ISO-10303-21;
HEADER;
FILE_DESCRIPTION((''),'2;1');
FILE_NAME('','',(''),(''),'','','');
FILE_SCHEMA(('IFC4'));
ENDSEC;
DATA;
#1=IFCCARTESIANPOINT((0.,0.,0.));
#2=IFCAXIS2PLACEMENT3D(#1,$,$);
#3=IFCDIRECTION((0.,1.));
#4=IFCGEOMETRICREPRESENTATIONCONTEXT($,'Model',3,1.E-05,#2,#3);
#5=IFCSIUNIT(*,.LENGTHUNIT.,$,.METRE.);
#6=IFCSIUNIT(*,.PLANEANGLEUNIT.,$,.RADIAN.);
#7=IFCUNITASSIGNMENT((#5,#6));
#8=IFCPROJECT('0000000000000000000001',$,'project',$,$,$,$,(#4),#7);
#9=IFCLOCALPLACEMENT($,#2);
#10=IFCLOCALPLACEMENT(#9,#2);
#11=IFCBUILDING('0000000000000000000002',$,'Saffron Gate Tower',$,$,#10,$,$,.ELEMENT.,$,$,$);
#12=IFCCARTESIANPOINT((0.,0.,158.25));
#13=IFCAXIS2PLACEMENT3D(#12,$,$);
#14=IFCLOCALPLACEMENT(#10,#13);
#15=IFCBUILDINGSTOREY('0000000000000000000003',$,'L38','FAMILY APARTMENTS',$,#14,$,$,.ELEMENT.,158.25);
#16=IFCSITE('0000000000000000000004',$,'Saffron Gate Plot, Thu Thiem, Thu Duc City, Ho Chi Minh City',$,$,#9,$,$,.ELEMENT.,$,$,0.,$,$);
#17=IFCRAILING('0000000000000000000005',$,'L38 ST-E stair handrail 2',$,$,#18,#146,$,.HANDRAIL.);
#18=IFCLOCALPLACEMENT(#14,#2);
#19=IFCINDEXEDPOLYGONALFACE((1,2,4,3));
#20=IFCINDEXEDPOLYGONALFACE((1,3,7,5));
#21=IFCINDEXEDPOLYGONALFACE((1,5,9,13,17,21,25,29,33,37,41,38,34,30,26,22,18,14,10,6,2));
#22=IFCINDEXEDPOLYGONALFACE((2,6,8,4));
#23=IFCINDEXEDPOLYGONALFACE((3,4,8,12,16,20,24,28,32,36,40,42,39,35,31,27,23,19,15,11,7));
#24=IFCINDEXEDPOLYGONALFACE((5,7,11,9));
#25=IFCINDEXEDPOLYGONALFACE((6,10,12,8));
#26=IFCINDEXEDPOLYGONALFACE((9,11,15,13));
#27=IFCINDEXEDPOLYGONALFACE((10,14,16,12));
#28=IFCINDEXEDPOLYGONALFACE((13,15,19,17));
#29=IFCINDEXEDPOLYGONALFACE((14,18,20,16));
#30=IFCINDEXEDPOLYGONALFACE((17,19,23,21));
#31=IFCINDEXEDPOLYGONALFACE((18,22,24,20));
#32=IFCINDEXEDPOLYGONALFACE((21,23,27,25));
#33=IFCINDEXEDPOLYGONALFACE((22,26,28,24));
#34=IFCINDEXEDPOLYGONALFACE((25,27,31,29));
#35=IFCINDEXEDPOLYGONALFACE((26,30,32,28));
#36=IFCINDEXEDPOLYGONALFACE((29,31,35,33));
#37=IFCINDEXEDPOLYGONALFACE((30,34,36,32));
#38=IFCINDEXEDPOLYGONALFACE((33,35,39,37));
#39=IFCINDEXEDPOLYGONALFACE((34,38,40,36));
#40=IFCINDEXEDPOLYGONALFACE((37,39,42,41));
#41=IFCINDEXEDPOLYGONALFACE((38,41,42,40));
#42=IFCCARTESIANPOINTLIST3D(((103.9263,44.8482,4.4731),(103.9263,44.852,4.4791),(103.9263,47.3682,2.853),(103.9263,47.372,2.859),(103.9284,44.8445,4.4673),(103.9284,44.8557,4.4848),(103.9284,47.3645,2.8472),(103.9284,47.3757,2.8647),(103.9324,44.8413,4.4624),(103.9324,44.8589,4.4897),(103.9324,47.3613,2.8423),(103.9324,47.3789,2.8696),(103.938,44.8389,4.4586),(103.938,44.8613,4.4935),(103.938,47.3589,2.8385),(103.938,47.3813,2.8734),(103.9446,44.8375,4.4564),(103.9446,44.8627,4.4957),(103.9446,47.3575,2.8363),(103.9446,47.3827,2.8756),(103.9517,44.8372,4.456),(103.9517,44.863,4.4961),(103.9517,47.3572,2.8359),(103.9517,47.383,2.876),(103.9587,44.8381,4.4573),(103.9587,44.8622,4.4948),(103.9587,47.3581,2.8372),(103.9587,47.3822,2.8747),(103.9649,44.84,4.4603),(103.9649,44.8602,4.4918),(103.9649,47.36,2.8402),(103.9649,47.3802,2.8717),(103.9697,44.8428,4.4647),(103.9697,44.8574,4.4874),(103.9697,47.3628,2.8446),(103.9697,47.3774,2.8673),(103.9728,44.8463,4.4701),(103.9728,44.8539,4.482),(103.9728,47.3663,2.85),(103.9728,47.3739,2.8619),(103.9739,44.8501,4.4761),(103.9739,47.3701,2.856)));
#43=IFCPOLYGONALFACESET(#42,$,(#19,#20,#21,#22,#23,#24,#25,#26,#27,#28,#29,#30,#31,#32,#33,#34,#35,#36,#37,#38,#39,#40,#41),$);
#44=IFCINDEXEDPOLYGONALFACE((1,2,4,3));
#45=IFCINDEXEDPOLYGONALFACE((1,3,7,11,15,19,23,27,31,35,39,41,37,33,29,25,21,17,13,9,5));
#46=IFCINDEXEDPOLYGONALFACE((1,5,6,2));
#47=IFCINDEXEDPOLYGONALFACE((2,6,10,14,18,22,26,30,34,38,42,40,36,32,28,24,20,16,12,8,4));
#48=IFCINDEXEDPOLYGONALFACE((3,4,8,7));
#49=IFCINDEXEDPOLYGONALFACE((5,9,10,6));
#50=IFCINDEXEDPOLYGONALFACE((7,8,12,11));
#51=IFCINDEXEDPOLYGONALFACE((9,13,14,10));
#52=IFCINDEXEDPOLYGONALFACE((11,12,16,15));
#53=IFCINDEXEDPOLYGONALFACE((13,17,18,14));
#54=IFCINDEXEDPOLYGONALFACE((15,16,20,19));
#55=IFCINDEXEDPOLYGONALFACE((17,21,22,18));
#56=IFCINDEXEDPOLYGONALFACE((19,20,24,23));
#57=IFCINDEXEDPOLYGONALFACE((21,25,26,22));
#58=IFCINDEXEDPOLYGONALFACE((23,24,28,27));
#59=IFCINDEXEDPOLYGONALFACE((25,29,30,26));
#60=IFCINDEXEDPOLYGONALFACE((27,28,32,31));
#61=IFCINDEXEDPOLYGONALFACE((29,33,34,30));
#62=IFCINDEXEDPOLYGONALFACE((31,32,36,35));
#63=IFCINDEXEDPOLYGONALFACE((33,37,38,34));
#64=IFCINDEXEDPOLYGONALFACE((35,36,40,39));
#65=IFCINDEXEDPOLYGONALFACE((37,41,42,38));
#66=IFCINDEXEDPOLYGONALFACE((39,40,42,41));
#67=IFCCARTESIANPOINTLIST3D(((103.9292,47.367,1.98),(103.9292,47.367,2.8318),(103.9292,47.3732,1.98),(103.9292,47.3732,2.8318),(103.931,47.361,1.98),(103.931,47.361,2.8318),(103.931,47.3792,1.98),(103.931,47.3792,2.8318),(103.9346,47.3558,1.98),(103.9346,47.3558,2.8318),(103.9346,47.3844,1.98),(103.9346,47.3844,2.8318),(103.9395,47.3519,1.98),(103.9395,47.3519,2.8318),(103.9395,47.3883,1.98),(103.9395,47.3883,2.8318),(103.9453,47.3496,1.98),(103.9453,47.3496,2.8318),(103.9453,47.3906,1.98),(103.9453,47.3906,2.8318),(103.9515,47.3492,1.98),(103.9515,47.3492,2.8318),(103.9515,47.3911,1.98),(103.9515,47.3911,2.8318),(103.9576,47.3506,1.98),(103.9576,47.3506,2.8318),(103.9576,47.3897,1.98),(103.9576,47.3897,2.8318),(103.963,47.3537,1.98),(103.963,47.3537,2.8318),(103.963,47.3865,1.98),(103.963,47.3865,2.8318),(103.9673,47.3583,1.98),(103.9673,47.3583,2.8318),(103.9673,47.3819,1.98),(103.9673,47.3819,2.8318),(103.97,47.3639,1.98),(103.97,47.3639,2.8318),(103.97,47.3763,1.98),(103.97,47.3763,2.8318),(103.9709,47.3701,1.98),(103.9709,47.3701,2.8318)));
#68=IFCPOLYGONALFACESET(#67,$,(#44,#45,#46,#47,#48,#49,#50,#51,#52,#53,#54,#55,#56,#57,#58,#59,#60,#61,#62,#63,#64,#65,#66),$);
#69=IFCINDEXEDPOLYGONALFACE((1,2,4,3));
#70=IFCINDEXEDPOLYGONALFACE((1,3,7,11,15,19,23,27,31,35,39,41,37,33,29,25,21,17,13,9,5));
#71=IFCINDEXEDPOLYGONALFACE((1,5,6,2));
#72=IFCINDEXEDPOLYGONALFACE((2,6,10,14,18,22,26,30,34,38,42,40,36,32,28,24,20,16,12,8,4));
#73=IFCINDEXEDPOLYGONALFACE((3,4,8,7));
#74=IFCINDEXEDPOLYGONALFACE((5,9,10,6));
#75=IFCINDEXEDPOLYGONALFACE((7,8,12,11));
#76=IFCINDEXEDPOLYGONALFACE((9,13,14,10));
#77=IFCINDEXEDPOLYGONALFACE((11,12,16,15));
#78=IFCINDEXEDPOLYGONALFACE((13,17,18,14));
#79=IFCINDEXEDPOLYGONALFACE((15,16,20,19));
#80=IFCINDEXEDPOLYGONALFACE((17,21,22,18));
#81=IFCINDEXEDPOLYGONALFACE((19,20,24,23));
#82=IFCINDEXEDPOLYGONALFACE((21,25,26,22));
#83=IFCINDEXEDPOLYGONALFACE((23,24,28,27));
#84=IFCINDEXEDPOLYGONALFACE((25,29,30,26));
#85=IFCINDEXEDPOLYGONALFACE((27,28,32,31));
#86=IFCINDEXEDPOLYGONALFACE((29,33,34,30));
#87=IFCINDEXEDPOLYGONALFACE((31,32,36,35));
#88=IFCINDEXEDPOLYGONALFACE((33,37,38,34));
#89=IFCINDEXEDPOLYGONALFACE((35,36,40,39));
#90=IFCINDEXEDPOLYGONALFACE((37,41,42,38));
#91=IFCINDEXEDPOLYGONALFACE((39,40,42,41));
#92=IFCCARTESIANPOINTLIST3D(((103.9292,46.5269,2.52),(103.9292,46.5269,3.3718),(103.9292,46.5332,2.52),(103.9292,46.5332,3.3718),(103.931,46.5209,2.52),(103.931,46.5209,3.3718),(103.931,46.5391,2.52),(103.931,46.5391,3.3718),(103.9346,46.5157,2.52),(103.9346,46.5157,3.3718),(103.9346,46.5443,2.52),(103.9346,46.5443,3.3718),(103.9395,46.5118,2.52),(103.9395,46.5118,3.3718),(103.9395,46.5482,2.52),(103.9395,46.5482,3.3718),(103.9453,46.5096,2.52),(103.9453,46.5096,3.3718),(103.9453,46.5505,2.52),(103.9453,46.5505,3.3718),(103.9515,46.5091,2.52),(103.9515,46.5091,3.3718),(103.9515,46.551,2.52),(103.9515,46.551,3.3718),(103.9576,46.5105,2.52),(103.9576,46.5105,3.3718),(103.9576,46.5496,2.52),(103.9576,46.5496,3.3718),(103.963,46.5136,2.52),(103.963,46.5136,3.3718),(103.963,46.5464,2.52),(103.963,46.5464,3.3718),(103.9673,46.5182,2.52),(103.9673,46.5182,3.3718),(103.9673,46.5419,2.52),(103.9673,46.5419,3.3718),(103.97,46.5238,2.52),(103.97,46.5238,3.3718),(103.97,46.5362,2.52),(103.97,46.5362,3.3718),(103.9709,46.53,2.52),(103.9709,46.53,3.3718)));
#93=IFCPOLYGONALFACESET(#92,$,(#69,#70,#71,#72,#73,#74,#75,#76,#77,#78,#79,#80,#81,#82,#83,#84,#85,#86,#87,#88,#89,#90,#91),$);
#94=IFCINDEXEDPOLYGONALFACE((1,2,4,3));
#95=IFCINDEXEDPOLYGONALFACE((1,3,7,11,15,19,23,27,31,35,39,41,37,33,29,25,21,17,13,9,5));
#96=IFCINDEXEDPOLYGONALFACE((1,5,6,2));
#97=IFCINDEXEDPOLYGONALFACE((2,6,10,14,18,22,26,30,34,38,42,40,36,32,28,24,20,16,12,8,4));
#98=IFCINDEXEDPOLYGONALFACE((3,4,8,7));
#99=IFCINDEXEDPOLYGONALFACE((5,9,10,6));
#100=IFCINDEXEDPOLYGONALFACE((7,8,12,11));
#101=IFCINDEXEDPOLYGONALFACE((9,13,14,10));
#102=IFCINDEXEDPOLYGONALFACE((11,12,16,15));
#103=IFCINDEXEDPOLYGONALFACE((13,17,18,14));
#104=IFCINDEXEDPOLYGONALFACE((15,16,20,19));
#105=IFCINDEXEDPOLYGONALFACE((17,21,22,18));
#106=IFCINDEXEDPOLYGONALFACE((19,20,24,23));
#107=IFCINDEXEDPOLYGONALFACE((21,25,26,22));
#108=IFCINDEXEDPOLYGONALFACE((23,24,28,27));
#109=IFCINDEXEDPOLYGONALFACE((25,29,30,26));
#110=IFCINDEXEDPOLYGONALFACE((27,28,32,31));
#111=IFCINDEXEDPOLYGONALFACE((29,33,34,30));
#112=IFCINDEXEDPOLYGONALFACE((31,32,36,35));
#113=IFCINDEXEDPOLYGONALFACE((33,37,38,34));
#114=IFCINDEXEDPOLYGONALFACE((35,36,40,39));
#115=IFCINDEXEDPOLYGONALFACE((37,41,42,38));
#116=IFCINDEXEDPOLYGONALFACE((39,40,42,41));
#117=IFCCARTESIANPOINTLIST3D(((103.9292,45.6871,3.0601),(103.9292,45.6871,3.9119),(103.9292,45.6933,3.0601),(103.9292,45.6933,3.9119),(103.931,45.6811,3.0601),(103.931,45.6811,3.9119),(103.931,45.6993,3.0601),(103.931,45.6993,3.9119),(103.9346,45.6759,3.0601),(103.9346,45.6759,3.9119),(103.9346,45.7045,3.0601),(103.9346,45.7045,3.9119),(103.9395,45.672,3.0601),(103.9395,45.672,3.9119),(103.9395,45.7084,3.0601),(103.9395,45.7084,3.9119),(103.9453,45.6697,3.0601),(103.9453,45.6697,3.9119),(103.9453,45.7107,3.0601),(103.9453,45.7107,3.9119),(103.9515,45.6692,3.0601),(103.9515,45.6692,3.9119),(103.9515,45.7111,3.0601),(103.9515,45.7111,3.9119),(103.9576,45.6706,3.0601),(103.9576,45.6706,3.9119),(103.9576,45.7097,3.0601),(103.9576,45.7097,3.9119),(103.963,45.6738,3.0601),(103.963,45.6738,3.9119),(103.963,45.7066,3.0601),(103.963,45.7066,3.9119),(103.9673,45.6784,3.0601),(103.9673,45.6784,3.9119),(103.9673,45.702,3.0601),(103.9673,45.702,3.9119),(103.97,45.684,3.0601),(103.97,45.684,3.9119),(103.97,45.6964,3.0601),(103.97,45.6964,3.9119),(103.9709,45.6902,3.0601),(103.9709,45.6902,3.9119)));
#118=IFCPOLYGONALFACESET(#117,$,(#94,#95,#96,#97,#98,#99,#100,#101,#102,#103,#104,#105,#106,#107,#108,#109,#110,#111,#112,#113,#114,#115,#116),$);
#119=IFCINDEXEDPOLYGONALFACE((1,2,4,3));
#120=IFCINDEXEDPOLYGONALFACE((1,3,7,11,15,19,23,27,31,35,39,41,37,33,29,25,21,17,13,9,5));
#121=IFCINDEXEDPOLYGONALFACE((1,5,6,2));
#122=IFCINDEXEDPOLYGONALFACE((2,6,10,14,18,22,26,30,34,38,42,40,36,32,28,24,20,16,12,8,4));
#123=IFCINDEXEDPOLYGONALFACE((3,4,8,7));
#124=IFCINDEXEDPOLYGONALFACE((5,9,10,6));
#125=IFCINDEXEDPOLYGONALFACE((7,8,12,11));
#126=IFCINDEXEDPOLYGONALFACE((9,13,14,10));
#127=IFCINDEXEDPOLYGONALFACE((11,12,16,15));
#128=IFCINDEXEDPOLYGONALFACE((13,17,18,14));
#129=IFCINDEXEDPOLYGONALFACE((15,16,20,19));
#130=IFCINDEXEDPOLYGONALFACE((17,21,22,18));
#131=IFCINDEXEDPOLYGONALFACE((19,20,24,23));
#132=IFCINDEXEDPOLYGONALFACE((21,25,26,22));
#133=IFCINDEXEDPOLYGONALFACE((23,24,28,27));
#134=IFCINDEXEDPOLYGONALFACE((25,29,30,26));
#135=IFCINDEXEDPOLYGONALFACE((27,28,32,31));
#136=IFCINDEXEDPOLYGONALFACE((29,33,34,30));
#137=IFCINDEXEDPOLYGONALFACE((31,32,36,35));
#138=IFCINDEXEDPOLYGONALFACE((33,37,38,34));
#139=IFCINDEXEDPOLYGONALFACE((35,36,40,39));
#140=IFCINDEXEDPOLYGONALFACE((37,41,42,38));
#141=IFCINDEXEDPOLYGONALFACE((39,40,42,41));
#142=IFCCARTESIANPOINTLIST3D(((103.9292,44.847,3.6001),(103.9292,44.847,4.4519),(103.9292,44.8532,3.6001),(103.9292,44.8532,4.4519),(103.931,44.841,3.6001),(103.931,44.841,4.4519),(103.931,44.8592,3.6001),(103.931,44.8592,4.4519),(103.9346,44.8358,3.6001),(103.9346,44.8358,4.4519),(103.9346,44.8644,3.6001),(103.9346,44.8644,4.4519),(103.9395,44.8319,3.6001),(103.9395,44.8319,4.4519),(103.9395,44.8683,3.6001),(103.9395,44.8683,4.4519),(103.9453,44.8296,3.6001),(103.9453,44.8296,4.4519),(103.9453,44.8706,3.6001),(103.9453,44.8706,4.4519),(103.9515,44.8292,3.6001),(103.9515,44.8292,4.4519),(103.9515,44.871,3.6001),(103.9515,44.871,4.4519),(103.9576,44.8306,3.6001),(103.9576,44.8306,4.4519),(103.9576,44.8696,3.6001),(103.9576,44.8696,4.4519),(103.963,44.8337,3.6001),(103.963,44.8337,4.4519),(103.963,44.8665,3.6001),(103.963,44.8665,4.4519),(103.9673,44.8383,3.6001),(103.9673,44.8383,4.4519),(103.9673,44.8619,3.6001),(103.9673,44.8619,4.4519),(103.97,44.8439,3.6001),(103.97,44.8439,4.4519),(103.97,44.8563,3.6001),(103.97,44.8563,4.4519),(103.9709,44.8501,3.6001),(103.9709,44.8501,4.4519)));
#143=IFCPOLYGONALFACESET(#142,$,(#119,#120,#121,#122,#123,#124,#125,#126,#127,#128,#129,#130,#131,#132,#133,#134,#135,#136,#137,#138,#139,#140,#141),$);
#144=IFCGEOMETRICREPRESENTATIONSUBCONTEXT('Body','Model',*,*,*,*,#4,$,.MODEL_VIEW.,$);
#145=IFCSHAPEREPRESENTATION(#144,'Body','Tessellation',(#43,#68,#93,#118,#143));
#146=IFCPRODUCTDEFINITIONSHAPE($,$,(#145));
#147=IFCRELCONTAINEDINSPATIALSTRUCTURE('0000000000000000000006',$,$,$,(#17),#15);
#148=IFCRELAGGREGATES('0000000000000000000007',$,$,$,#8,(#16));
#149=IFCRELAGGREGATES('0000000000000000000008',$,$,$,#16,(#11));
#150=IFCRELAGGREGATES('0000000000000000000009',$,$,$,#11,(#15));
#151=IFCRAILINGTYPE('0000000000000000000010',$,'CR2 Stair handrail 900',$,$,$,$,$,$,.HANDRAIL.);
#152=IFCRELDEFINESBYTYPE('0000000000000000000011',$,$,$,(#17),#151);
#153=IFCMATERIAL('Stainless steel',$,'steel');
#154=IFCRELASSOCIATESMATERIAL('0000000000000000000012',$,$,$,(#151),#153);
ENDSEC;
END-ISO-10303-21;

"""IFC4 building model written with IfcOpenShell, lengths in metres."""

from ifc_helpers import new_model, si_unit, direction, frame, origin, origin_2d, place, context, subcontext, project, spatial, circle, extrude, material, type_object, element, save


model = new_model("IFC4")

# Units and contexts
model_context = context("Model", 3, precision=1e-05, world=origin(), true_north=direction((0.0, 1.0)))
body_context = subcontext(model_context, "Body", "Model", "MODEL_VIEW")
ifc_project = project(units=[si_unit("LENGTHUNIT", "METRE"), si_unit("PLANEANGLEUNIT", "RADIAN")], contexts=[model_context])

# Site, building, storey
site_placement = place(None, origin())
site = spatial("IfcSite", under=ifc_project, at=site_placement, Name="Saffron Gate Plot, Thu Thiem, Thu Duc City, Ho Chi Minh City", CompositionType="ELEMENT", RefElevation=0.0)
building_placement = place(site_placement, origin())
building = spatial("IfcBuilding", under=site, at=building_placement, Name="Saffron Gate Tower", CompositionType="ELEMENT")
storey_placement = place(building_placement, frame((0.0, 0.0, 158.25)))
storey = spatial("IfcBuildingStorey", under=building, at=storey_placement, Name="L38", Description="FAMILY APARTMENTS", CompositionType="ELEMENT", Elevation=158.25)

# Railing
ifc_material_1 = material(Name="Stainless steel", Category="steel")
railing_type_1 = type_object("IfcRailingType", Name="CR2 Stair handrail 900", PredefinedType="HANDRAIL", material=ifc_material_1)
railing_1_placement = place(storey_placement, frame((103.95, 47.3701, 1.98)))
element("IfcRailing", 1, at=railing_1_placement, inside=storey, type_object=railing_type_1, Name="L38 ST-E stair handrail 2", PredefinedType="HANDRAIL", context=body_context, shape_type="SweptSolid", body=[
    extrude(circle(Radius=0.0239, at=origin_2d()), frame((0.0, 0.0, 0.876), z_axis=(0.0, -0.841163, 0.540782), x_axis=(1.0, 0.0, 0.0)), (0.0, 0.0, 1.0), 2.9958),
    extrude(circle(Radius=0.021, at=origin_2d()), origin(), (0.0, 0.0, 1.0), 0.8518),
    extrude(circle(Radius=0.021, at=origin_2d()), frame((0.0, -0.8401, 0.54)), (0.0, 0.0, 1.0), 0.8518),
    extrude(circle(Radius=0.021, at=origin_2d()), frame((0.0, -1.6799, 1.0801)), (0.0, 0.0, 1.0), 0.8518),
    extrude(circle(Radius=0.021, at=origin_2d()), frame((0.0, -2.52, 1.6201)), (0.0, 0.0, 1.0), 0.8518),
])

save(model, "model.ifc")
